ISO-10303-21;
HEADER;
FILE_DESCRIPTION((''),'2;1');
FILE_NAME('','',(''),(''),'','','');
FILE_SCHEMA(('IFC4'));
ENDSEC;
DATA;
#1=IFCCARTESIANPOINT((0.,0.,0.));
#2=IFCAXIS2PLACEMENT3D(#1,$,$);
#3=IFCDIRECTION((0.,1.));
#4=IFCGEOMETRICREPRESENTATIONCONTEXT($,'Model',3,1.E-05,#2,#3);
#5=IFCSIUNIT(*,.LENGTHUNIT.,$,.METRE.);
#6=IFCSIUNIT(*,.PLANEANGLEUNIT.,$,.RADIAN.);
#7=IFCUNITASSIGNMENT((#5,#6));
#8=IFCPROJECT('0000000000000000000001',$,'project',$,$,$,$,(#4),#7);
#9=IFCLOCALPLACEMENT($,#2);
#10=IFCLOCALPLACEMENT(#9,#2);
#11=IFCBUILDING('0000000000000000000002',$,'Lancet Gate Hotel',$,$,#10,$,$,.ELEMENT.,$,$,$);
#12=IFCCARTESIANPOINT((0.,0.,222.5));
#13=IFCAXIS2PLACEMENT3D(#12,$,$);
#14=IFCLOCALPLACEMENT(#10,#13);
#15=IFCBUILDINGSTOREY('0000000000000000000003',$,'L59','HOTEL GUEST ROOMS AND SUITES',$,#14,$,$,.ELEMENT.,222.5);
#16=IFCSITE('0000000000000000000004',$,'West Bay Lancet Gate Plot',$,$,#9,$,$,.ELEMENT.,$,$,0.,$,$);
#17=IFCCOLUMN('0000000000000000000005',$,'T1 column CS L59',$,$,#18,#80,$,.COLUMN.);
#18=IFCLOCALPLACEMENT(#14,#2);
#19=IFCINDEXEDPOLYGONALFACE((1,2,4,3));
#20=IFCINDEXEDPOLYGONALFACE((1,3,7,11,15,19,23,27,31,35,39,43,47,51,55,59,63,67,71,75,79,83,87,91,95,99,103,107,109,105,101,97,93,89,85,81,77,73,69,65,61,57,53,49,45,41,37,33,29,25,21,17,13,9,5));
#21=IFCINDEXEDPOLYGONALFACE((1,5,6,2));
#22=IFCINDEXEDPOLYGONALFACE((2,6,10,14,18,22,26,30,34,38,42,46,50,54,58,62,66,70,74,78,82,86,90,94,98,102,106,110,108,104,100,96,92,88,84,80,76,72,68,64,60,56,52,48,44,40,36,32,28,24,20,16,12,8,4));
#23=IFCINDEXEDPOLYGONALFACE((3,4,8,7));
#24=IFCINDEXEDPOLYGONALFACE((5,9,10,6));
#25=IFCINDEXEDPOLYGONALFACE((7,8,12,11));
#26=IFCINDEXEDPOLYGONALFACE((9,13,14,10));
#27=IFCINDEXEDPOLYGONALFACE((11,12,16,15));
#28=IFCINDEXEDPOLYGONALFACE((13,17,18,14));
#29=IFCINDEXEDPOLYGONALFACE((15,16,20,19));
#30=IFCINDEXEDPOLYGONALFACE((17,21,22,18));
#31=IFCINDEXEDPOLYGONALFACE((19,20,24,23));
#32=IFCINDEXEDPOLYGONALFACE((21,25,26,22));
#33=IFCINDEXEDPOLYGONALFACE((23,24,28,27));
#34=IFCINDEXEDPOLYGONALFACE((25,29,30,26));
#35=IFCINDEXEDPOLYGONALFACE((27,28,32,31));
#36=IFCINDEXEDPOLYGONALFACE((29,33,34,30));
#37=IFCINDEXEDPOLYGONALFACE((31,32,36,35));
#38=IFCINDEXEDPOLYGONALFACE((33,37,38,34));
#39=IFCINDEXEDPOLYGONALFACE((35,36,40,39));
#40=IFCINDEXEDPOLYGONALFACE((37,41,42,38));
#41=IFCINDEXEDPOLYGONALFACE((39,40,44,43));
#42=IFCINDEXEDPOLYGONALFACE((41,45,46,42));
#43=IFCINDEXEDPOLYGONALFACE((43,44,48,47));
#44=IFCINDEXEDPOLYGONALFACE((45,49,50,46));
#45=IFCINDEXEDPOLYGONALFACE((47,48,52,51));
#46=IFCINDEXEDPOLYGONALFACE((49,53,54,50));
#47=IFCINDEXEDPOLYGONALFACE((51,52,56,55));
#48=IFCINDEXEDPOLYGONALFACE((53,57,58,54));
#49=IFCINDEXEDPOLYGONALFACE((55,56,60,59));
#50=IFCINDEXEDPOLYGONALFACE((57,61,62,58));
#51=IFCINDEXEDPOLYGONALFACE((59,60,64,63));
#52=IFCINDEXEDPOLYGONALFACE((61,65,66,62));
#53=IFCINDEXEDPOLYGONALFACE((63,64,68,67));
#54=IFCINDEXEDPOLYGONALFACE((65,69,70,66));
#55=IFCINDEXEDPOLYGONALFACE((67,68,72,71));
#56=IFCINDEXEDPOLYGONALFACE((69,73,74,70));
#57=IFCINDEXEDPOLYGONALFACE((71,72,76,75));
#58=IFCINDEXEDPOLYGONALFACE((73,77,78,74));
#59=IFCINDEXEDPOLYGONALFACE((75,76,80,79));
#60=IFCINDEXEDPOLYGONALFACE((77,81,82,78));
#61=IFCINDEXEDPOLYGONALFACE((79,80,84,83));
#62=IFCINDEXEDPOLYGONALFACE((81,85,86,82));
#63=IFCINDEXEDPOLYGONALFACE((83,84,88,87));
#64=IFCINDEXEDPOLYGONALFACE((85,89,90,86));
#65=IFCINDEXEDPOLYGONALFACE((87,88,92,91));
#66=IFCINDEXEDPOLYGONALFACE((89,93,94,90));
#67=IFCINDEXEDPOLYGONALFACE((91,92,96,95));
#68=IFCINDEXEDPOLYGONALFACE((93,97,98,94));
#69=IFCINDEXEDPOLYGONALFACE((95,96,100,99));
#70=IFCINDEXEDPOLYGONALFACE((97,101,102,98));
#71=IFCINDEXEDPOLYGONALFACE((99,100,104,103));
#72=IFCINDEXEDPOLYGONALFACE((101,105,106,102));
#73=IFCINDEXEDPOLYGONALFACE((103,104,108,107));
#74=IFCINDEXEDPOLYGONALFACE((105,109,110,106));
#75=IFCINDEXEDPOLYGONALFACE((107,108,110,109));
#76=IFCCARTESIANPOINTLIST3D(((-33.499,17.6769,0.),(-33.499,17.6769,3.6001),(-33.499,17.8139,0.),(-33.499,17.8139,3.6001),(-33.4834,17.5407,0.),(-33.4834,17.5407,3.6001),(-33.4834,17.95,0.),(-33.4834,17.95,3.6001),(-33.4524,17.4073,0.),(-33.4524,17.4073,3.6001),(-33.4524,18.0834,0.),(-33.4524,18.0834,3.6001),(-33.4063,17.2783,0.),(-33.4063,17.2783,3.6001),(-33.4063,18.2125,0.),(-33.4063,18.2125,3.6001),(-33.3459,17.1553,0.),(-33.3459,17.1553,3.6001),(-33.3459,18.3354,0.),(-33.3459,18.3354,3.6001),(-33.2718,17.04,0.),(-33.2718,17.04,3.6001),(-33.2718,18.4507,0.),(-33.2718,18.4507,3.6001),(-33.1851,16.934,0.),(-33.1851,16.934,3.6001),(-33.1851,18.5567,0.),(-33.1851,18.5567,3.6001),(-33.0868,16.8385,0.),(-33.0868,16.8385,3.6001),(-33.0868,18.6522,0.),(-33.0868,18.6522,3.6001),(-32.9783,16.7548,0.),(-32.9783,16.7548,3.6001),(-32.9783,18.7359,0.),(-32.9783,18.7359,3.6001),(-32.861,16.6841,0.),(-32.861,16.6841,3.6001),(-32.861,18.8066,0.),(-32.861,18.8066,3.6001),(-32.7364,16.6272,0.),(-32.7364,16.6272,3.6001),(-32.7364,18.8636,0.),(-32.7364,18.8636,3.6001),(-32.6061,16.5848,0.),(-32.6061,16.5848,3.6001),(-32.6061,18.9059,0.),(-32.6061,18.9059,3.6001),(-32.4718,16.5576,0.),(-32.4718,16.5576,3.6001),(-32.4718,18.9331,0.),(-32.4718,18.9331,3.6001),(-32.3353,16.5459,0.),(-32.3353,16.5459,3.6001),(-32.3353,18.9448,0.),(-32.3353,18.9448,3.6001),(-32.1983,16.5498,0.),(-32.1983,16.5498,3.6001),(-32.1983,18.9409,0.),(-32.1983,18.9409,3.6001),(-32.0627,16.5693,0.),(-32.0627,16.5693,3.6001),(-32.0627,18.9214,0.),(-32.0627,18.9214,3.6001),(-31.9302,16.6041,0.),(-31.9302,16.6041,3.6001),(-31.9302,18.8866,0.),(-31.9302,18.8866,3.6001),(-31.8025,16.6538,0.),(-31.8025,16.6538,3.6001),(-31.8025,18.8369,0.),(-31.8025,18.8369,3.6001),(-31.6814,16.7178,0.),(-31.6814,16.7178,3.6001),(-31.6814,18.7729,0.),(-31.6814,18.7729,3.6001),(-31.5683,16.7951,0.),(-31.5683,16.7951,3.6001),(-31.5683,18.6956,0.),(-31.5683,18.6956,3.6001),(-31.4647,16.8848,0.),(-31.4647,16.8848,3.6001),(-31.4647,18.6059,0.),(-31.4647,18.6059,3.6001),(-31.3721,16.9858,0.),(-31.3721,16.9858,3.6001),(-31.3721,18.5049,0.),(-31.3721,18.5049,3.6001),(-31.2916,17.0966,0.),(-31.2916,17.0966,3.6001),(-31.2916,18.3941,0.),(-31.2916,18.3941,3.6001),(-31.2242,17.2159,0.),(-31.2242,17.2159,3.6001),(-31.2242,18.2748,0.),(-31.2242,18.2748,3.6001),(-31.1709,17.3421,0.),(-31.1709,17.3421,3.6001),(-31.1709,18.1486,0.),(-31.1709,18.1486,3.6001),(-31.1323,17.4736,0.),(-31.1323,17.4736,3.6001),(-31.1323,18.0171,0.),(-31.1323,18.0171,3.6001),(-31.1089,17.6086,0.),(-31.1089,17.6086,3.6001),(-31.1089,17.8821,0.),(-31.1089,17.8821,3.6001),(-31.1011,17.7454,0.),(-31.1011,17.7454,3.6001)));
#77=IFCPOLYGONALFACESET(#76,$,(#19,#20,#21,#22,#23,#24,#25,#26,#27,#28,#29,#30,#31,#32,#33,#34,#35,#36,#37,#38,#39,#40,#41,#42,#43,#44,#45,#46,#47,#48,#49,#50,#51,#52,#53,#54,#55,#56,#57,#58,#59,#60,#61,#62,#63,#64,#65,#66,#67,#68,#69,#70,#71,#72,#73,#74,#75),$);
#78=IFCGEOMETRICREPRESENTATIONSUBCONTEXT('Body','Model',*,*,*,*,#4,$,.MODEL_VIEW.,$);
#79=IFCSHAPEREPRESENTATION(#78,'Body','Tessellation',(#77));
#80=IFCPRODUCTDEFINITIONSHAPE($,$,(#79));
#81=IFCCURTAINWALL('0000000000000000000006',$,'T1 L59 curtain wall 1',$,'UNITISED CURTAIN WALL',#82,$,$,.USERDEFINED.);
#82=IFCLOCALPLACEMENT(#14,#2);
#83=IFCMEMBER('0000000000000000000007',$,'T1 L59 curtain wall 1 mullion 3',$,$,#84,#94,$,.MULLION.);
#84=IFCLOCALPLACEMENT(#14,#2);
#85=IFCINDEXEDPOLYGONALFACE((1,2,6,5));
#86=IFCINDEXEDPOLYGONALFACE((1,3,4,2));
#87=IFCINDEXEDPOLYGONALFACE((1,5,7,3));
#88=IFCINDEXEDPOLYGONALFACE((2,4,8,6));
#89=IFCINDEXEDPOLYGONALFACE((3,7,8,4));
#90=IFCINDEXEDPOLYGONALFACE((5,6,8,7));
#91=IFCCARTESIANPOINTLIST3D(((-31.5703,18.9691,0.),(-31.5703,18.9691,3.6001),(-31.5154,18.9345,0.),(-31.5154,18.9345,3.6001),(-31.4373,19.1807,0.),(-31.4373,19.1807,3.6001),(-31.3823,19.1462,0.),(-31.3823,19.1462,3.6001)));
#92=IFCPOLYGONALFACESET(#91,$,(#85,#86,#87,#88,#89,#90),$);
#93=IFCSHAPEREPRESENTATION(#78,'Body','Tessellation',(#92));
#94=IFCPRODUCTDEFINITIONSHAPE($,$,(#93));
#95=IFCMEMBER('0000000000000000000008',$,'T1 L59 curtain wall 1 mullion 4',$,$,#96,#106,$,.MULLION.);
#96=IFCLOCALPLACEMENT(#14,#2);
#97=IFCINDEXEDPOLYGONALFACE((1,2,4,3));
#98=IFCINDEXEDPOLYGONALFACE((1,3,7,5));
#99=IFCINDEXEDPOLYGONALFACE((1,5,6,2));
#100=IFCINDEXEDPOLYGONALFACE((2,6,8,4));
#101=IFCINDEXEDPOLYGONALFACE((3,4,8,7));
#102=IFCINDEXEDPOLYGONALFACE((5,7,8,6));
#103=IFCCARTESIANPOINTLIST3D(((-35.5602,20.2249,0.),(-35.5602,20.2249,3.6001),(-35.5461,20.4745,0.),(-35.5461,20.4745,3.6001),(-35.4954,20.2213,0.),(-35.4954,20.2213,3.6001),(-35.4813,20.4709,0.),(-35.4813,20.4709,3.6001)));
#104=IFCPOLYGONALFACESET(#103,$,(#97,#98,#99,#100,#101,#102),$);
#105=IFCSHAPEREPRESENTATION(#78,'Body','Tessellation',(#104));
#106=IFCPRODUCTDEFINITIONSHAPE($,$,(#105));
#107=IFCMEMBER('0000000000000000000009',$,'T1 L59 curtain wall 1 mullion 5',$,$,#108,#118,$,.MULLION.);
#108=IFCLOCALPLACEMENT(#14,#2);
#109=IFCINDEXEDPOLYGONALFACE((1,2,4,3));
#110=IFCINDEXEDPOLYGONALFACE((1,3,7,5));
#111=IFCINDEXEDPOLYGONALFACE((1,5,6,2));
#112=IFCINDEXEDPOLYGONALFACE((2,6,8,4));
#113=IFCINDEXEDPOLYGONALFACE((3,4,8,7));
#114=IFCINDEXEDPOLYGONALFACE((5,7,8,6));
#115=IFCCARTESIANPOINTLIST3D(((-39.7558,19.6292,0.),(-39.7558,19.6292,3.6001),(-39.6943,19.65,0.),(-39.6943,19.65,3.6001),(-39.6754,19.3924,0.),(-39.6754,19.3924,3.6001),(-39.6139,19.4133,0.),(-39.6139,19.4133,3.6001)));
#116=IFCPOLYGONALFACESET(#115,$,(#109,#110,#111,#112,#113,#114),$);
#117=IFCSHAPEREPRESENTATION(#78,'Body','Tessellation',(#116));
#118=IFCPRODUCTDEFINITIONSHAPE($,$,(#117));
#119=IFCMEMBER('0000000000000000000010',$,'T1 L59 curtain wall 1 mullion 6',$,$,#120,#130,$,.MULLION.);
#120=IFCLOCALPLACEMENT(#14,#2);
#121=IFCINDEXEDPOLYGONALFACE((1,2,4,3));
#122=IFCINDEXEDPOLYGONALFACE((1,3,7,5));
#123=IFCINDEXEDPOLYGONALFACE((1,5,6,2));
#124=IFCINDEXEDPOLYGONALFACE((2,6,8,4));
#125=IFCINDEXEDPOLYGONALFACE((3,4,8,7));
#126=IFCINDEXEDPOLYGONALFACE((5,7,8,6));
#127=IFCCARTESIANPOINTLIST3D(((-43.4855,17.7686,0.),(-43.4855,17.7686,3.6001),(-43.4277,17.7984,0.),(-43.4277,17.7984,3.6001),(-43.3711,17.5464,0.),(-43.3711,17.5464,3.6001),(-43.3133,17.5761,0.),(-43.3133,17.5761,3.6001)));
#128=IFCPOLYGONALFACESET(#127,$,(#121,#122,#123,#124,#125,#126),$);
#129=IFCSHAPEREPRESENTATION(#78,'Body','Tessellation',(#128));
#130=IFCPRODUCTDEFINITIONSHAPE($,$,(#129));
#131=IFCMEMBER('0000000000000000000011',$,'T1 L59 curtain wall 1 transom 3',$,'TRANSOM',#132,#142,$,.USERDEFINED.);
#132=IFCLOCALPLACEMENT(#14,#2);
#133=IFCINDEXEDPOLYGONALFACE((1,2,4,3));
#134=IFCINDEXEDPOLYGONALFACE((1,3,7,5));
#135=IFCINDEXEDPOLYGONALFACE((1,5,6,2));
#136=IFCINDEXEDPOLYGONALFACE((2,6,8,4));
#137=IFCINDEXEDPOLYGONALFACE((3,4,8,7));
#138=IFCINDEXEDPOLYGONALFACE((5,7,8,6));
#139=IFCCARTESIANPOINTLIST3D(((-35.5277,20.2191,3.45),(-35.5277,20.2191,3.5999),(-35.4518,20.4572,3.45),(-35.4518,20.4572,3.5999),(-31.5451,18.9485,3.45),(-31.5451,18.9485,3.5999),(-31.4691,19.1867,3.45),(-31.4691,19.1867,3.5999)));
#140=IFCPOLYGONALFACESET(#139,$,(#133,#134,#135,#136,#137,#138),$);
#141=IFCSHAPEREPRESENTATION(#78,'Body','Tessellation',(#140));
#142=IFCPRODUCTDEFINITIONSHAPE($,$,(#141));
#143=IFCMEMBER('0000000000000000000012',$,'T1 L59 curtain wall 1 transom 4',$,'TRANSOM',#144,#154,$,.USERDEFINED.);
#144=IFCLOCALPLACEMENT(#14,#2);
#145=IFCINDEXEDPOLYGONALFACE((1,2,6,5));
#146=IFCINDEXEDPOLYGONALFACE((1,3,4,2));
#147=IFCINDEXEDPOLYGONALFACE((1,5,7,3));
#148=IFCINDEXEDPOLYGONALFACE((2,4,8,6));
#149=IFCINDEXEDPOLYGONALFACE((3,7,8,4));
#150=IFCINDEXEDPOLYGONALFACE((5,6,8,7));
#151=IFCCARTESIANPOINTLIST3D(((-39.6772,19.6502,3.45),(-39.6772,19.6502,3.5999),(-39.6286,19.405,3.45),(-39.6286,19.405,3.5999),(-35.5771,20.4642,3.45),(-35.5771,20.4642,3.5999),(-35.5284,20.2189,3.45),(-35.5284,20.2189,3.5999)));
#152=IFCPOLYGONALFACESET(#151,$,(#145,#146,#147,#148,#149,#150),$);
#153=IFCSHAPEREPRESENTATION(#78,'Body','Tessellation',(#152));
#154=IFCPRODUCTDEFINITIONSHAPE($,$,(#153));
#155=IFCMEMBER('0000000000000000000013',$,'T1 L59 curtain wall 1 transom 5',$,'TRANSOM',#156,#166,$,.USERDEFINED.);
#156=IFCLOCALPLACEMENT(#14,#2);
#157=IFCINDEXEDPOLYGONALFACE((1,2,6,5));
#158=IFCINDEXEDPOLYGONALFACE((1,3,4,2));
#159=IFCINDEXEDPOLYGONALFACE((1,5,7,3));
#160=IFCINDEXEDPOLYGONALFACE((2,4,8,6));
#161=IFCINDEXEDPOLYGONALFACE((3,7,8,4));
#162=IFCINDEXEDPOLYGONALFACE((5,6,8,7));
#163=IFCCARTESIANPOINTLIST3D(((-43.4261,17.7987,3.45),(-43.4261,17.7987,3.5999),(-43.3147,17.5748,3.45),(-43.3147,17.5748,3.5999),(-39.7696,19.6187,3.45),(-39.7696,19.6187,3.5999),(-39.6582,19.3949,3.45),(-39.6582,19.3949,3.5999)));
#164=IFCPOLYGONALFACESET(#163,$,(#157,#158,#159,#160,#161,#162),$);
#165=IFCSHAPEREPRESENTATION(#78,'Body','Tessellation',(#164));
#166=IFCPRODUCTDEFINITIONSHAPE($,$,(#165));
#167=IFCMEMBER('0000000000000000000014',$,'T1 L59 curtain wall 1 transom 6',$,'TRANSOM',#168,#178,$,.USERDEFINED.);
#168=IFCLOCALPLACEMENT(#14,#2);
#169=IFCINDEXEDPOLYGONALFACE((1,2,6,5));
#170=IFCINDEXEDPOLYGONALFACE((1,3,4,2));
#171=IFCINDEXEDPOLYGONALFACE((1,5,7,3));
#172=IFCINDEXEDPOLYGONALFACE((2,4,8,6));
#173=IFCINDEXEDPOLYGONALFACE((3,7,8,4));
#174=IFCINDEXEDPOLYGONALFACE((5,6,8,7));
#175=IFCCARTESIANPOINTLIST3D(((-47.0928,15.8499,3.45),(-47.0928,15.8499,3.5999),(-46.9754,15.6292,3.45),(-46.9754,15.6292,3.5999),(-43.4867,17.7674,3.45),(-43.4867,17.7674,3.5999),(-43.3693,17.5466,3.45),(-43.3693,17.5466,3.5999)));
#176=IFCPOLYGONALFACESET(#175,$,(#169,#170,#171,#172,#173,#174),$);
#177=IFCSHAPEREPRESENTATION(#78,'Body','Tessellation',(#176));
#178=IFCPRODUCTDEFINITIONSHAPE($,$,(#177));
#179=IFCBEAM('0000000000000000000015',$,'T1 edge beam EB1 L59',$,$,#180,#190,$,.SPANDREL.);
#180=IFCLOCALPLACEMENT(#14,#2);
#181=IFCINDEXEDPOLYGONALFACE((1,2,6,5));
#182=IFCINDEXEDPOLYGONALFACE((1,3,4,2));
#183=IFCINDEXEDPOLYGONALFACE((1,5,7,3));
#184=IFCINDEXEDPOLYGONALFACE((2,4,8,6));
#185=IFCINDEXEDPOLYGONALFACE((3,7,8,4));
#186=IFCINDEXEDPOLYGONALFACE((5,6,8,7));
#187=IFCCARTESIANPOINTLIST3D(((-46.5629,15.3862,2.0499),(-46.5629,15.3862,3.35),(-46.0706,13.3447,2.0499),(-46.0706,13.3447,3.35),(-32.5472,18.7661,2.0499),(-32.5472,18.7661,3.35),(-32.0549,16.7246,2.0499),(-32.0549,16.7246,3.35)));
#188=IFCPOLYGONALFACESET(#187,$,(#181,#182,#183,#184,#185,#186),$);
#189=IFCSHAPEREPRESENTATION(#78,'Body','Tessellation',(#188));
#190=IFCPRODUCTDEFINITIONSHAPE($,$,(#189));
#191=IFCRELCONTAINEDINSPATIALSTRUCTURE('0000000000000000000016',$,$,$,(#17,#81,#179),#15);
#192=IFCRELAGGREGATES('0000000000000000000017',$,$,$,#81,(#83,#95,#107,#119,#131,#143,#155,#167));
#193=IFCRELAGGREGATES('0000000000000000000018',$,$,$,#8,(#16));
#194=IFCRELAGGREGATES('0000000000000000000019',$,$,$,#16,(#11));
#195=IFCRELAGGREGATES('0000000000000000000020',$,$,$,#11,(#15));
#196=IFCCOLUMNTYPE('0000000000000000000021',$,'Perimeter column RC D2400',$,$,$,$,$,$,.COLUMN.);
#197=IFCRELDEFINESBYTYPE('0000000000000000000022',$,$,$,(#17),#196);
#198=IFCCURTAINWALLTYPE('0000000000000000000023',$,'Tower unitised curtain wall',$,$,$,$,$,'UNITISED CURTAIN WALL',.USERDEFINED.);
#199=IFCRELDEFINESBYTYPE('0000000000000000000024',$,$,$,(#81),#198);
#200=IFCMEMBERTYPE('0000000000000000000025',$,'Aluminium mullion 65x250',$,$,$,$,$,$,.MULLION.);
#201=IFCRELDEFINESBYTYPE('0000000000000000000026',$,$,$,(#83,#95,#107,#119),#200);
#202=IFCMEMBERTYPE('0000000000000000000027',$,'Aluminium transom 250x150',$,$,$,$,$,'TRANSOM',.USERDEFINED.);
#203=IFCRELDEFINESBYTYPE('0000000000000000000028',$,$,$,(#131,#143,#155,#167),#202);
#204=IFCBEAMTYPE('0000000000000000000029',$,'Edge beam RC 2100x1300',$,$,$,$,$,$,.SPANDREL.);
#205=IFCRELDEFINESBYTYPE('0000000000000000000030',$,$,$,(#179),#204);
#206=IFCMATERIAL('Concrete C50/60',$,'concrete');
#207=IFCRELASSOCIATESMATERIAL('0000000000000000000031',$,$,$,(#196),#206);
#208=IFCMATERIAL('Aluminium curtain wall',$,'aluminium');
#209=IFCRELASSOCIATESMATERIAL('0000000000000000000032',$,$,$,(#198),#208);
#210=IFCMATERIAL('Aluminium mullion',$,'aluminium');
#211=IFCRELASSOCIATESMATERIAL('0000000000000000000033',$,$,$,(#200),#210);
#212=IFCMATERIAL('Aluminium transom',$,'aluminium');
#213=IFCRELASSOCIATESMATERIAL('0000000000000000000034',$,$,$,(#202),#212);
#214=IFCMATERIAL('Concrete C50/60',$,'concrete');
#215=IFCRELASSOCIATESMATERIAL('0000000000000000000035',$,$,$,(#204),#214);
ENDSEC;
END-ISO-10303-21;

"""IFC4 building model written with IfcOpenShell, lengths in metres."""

from ifc_helpers import new_model, si_unit, direction, frame, origin, origin_2d, place, context, subcontext, project, spatial, rectangle, circle, extrude, material, material_profile, profile_set, type_object, element, aggregate, save


model = new_model("IFC4")

# Units and contexts
model_context = context("Model", 3, precision=1e-05, world=origin(), true_north=direction((0.0, 1.0)))
body_context = subcontext(model_context, "Body", "Model", "MODEL_VIEW")
ifc_project = project(units=[si_unit("LENGTHUNIT", "METRE"), si_unit("PLANEANGLEUNIT", "RADIAN")], contexts=[model_context])

# Site, building, storey
site_placement = place(None, origin())
site = spatial("IfcSite", under=ifc_project, at=site_placement, Name="West Bay Lancet Gate Plot", CompositionType="ELEMENT", RefElevation=0.0)
building_placement = place(site_placement, origin())
building = spatial("IfcBuilding", under=site, at=building_placement, Name="Lancet Gate Hotel", CompositionType="ELEMENT")
storey_placement = place(building_placement, frame((0.0, 0.0, 222.5)))
storey = spatial("IfcBuildingStorey", under=building, at=storey_placement, Name="L59", Description="HOTEL GUEST ROOMS AND SUITES", CompositionType="ELEMENT", Elevation=222.5)

# Column
ifc_material_1 = material(Name="Concrete C50/60", Category="concrete")
ifc_material_profile_1 = material_profile(ifc_material_1, circle(Radius=1.2, at=origin_2d()), Name="RC D2400")
ifc_profile_set_1 = profile_set([ifc_material_profile_1], Name="Concrete C50/60")
column_type = type_object("IfcColumnType", Name="Perimeter column RC D2400", PredefinedType="COLUMN", material=ifc_profile_set_1)
column_placement = place(storey_placement, frame((-32.301, 17.7454, 0.0), z_axis=(0.0, 0.0, 1.0), x_axis=(1.0, 0.0, 0.0)))
element("IfcColumn", 1, at=column_placement, inside=storey, type_object=column_type, Name="T1 column CS L59", PredefinedType="COLUMN", context=body_context, shape_type="SweptSolid", body=[
    extrude(circle(Radius=1.2, at=origin_2d()), origin(), (0.0, 0.0, 1.0), 3.6001),
])

# Curtain wall, members
ifc_material_2 = material(Name="Aluminium curtain wall", Category="aluminium")
curtain_wall_type = type_object("IfcCurtainWallType", Name="Tower unitised curtain wall", ElementType="UNITISED CURTAIN WALL", PredefinedType="USERDEFINED", material=ifc_material_2)
curtain_wall_placement = place(storey_placement, origin())
curtain_wall = element("IfcCurtainWall", 2, at=curtain_wall_placement, inside=storey, type_object=curtain_wall_type, Name="T1 L59 curtain wall 1", ObjectType="UNITISED CURTAIN WALL", PredefinedType="USERDEFINED")
ifc_material_3 = material(Name="Aluminium mullion", Category="aluminium")
ifc_material_profile_2 = material_profile(ifc_material_3, rectangle(XDim=0.0649, YDim=0.25, at=origin_2d()), Name="MULLION 65x250")
ifc_profile_set_2 = profile_set([ifc_material_profile_2], Name="Aluminium mullion")
member_type_1 = type_object("IfcMemberType", Name="Aluminium mullion 65x250", PredefinedType="MULLION", material=ifc_profile_set_2)
member_1_placement = place(storey_placement, frame((-31.4763, 19.0576, 0.0), z_axis=(0.0, 0.0, 1.0), x_axis=(-0.846613, 0.532209, 0.0)))
member_1 = element("IfcMember", 3, at=member_1_placement, type_object=member_type_1, Name="T1 L59 curtain wall 1 mullion 3", PredefinedType="MULLION", context=body_context, shape_type="SweptSolid", body=[
    extrude(rectangle(XDim=0.0649, YDim=0.25, at=origin_2d()), origin(), (0.0, 0.0, 1.0), 3.6001),
])
member_2_placement = place(storey_placement, frame((-35.5208, 20.3479, 0.0), z_axis=(0.0, 0.0, 1.0), x_axis=(-0.998409, 0.056384, 0.0)))
member_2 = element("IfcMember", 4, at=member_2_placement, type_object=member_type_1, Name="T1 L59 curtain wall 1 mullion 4", PredefinedType="MULLION", context=body_context, shape_type="SweptSolid", body=[
    extrude(rectangle(XDim=0.0649, YDim=0.25, at=origin_2d()), origin(), (0.0, 0.0, 1.0), 3.6001),
])
member_3_placement = place(storey_placement, frame((-39.6848, 19.5212, 0.0), z_axis=(0.0, 0.0, 1.0), x_axis=(-0.946888, -0.321564, 0.0)))
member_3 = element("IfcMember", 5, at=member_3_placement, type_object=member_type_1, Name="T1 L59 curtain wall 1 mullion 5", PredefinedType="MULLION", context=body_context, shape_type="SweptSolid", body=[
    extrude(rectangle(XDim=0.0649, YDim=0.25, at=origin_2d()), origin(), (0.0, 0.0, 1.0), 3.6001),
])
member_4_placement = place(storey_placement, frame((-43.3994, 17.6724, 0.0), z_axis=(0.0, 0.0, 1.0), x_axis=(-0.889156, -0.457605, 0.0)))
member_4 = element("IfcMember", 6, at=member_4_placement, type_object=member_type_1, Name="T1 L59 curtain wall 1 mullion 6", PredefinedType="MULLION", context=body_context, shape_type="SweptSolid", body=[
    extrude(rectangle(XDim=0.0649, YDim=0.25, at=origin_2d()), origin(), (0.0, 0.0, 1.0), 3.6001),
])
ifc_material_4 = material(Name="Aluminium transom", Category="aluminium")
ifc_material_profile_3 = material_profile(ifc_material_4, rectangle(XDim=0.25, YDim=0.1499, at=origin_2d()), Name="TRANSOM 250x150")
ifc_profile_set_3 = profile_set([ifc_material_profile_3], Name="Aluminium transom")
member_type_2 = type_object("IfcMemberType", Name="Aluminium transom 250x150", ElementType="TRANSOM", PredefinedType="USERDEFINED", material=ifc_profile_set_3)
member_5_placement = place(storey_placement, frame((-31.5071, 19.0676, 3.5249), z_axis=(-0.952698, 0.30392, 0.0), x_axis=(-0.30392, -0.952698, 0.0)))
member_5 = element("IfcMember", 7, at=member_5_placement, type_object=member_type_2, Name="T1 L59 curtain wall 1 transom 3", ObjectType="TRANSOM", PredefinedType="USERDEFINED", context=body_context, shape_type="SweptSolid", body=[
    extrude(rectangle(XDim=0.25, YDim=0.1499, at=origin_2d()), origin(), (0.0, 0.0, 1.0), 4.1804),
])
member_6_placement = place(storey_placement, frame((-35.5527, 20.3416, 3.5249), z_axis=(-0.980858, -0.194723, 0.0), x_axis=(0.194723, -0.980858, 0.0)))
member_6 = element("IfcMember", 8, at=member_6_placement, type_object=member_type_2, Name="T1 L59 curtain wall 1 transom 4", ObjectType="TRANSOM", PredefinedType="USERDEFINED", context=body_context, shape_type="SweptSolid", body=[
    extrude(rectangle(XDim=0.25, YDim=0.1499, at=origin_2d()), origin(), (0.0, 0.0, 1.0), 4.1802),
])
member_7_placement = place(storey_placement, frame((-39.7139, 19.5068, 3.5249), z_axis=(-0.895227, -0.445611, 0.0), x_axis=(0.445611, -0.895227, 0.0)))
member_7 = element("IfcMember", 9, at=member_7_placement, type_object=member_type_2, Name="T1 L59 curtain wall 1 transom 5", ObjectType="TRANSOM", PredefinedType="USERDEFINED", context=body_context, shape_type="SweptSolid", body=[
    extrude(rectangle(XDim=0.25, YDim=0.1499, at=origin_2d()), origin(), (0.0, 0.0, 1.0), 4.0845),
])
member_8_placement = place(storey_placement, frame((-43.428, 17.657, 3.5249), z_axis=(-0.882945, -0.469477, 0.0), x_axis=(0.469477, -0.882945, 0.0)))
member_8 = element("IfcMember", 10, at=member_8_placement, type_object=member_type_2, Name="T1 L59 curtain wall 1 transom 6", ObjectType="TRANSOM", PredefinedType="USERDEFINED", context=body_context, shape_type="SweptSolid", body=[
    extrude(rectangle(XDim=0.25, YDim=0.1499, at=origin_2d()), origin(), (0.0, 0.0, 1.0), 4.0842),
])

# Beam
ifc_material_5 = material(Name="Concrete C50/60", Category="concrete")
ifc_material_profile_4 = material_profile(ifc_material_5, rectangle(XDim=2.1001, YDim=1.3, at=origin_2d()), Name="RC 2100x1300")
ifc_profile_set_4 = profile_set([ifc_material_profile_4], Name="Concrete C50/60")
beam_type_1 = type_object("IfcBeamType", Name="Edge beam RC 2100x1300", PredefinedType="SPANDREL", material=ifc_profile_set_4)
beam_1_placement = place(storey_placement, frame((-32.301, 17.7454, 2.7), z_axis=(-0.972133, -0.234431, 0.0), x_axis=(0.234431, -0.972133, 0.0)))
element("IfcBeam", 11, at=beam_1_placement, inside=storey, type_object=beam_type_1, Name="T1 edge beam EB1 L59", PredefinedType="SPANDREL", context=body_context, shape_type="SweptSolid", body=[
    extrude(rectangle(XDim=2.1001, YDim=1.3, at=origin_2d()), origin(), (0.0, 0.0, 1.0), 14.4175),
])

aggregate(curtain_wall, [member_1, member_2, member_3, member_4, member_5, member_6, member_7, member_8])

save(model, "model.ifc")
